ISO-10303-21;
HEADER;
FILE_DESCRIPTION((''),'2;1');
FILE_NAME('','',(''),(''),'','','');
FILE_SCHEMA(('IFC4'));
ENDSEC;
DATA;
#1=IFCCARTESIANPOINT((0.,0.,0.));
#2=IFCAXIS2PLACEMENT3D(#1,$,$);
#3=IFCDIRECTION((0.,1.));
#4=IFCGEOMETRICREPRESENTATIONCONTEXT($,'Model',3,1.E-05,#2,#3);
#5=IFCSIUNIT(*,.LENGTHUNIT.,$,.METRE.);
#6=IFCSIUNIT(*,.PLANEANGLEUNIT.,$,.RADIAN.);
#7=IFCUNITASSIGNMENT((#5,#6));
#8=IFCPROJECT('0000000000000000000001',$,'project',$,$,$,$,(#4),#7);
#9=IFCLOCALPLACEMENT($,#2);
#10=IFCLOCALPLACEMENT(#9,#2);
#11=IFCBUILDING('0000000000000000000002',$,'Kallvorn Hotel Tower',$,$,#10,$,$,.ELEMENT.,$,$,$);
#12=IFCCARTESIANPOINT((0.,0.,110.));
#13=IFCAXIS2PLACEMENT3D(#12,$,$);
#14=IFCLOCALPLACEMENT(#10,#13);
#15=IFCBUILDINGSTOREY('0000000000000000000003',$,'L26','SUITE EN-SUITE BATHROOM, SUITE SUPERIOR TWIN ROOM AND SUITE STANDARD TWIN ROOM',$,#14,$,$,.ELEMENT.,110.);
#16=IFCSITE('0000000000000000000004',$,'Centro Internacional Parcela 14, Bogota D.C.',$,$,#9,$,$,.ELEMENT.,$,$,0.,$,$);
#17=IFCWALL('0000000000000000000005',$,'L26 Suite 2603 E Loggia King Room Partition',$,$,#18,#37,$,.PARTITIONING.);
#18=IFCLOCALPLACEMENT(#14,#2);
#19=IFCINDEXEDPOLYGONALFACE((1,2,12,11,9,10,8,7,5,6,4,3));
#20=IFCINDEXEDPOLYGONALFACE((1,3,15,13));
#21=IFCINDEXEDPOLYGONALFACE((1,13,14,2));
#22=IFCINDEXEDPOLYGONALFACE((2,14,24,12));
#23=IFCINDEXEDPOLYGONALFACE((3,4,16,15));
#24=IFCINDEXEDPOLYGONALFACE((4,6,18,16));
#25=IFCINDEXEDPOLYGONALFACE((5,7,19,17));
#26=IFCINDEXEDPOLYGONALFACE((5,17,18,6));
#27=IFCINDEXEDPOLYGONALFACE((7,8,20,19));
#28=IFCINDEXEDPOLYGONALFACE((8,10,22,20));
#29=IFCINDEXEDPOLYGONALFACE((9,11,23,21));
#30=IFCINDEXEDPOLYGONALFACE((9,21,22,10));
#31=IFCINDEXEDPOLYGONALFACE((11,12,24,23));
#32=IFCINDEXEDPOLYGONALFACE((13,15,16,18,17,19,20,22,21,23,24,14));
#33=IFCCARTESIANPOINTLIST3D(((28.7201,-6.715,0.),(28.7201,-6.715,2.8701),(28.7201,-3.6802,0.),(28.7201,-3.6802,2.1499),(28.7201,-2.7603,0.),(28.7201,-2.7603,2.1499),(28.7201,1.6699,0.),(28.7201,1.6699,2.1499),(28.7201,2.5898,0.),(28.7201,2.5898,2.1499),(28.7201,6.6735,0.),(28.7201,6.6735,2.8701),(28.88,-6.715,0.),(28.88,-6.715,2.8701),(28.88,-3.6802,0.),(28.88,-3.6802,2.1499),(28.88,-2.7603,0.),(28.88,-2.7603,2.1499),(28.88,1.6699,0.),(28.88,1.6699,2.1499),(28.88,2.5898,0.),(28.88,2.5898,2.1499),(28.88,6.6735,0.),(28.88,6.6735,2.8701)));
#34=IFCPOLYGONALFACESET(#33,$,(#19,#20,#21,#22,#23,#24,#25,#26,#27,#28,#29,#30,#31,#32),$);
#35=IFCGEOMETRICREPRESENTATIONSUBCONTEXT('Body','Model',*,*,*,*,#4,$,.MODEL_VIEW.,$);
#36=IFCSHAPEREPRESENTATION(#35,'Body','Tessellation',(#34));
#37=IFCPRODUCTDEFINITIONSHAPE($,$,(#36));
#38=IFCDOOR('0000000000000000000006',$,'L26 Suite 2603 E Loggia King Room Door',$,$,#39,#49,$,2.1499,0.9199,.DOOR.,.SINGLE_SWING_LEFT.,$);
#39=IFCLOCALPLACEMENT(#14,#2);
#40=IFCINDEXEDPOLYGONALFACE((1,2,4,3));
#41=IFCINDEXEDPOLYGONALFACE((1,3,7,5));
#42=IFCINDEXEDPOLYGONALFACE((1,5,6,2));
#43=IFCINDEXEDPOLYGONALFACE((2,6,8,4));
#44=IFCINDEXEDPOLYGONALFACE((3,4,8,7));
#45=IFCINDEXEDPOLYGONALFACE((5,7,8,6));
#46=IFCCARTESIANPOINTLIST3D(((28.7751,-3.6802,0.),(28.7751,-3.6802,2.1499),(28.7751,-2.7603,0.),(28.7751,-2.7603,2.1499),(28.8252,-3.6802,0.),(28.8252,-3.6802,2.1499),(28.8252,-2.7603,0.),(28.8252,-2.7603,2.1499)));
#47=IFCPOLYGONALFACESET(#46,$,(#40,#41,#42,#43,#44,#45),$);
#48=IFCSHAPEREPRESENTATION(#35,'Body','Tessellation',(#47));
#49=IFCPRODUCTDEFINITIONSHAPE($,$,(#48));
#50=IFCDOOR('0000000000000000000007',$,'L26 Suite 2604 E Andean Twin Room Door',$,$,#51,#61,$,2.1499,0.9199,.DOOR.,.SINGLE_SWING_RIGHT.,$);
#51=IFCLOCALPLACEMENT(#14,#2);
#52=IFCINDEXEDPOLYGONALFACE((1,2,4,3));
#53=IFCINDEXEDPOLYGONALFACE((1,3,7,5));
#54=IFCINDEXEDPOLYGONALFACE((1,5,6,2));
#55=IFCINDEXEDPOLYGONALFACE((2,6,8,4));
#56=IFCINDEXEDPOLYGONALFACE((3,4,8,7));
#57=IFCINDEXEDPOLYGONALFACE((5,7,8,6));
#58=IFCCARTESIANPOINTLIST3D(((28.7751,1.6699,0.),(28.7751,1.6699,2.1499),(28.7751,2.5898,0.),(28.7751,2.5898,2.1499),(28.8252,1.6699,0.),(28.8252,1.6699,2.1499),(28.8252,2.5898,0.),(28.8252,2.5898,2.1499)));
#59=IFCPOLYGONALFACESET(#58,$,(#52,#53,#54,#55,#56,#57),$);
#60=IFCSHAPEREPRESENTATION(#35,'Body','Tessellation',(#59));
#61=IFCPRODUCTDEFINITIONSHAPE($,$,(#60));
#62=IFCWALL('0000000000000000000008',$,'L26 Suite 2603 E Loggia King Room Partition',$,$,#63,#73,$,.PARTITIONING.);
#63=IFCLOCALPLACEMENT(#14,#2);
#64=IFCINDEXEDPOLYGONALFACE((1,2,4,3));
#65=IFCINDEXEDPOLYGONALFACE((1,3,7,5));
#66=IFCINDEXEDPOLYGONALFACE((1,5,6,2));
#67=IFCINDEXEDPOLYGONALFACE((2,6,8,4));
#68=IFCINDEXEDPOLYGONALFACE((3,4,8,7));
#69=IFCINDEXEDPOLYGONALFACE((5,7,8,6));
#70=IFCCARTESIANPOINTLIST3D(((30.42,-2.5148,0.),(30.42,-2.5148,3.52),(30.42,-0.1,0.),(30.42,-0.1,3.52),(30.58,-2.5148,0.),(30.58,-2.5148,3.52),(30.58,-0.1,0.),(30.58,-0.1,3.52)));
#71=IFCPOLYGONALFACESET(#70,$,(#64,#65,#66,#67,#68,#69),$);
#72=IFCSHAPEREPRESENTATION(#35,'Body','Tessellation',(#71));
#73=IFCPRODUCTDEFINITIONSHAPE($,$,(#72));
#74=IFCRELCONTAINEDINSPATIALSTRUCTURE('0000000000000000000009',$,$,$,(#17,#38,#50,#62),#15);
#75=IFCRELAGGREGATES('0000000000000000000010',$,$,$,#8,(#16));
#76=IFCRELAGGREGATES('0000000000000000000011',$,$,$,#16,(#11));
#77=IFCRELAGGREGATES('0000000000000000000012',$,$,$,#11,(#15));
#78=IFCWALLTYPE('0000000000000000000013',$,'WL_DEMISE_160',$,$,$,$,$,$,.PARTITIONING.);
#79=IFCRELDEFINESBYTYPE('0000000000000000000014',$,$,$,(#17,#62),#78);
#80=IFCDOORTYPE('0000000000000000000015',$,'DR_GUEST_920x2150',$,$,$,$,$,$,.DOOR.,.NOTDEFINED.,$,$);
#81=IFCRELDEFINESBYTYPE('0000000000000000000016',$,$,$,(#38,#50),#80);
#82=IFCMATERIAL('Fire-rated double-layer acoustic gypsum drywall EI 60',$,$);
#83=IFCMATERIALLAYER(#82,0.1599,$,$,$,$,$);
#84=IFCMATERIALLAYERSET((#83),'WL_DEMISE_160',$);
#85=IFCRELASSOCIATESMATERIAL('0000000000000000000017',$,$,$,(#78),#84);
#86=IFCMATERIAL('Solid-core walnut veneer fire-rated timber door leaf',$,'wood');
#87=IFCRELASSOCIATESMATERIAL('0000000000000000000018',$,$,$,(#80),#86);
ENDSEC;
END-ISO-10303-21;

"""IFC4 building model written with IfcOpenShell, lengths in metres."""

from ifc_helpers import new_model, si_unit, direction, frame, frame_2d, origin, place, context, subcontext, project, spatial, rectangle, extrude, material, layer, layer_set, type_object, element, fill, save


model = new_model("IFC4")

# Units and contexts
model_context = context("Model", 3, precision=1e-05, world=origin(), true_north=direction((0.0, 1.0)))
body_context = subcontext(model_context, "Body", "Model", "MODEL_VIEW")
ifc_project = project(units=[si_unit("LENGTHUNIT", "METRE"), si_unit("PLANEANGLEUNIT", "RADIAN")], contexts=[model_context])

# Site, building, storey
site_placement = place(None, origin())
site = spatial("IfcSite", under=ifc_project, at=site_placement, Name="Centro Internacional Parcela 14, Bogota D.C.", CompositionType="ELEMENT", RefElevation=0.0)
building_placement = place(site_placement, origin())
building = spatial("IfcBuilding", under=site, at=building_placement, Name="Kallvorn Hotel Tower", CompositionType="ELEMENT")
storey_placement = place(building_placement, frame((0.0, 0.0, 110.0)))
storey = spatial("IfcBuildingStorey", under=building, at=storey_placement, Name="L26", Description="SUITE EN-SUITE BATHROOM, SUITE SUPERIOR TWIN ROOM AND SUITE STANDARD TWIN ROOM", CompositionType="ELEMENT", Elevation=110.0)

# Shared definitions
ifc_material_1 = material(Name="Fire-rated double-layer acoustic gypsum drywall EI 60")
ifc_layer_1 = layer(ifc_material_1, 0.1599)
ifc_layer_set_1 = layer_set([ifc_layer_1], Name="WL_DEMISE_160")
wall_type = type_object("IfcWallType", Name="WL_DEMISE_160", PredefinedType="PARTITIONING", material=ifc_layer_set_1)

# Wall, openings, doors
wall_1_placement = place(storey_placement, frame((28.8, -6.7151, 0.0), z_axis=(0.0, 0.0, 1.0), x_axis=(0.0, 1.0, 0.0)))
wall_1 = element("IfcWall", 1, at=wall_1_placement, inside=storey, type_object=wall_type, Name="L26 Suite 2603 E Loggia King Room Partition", PredefinedType="PARTITIONING", context=body_context, shape_type="SweptSolid", body=[
    extrude(rectangle(XDim=13.3884, YDim=0.1599, at=frame_2d((6.6943, 0.0))), origin(), (0.0, 0.0, 1.0), 2.8701),
])
opening_1_placement = place(wall_1_placement, frame((3.0349, 0.0, 0.0)))
opening_1 = element("IfcOpeningElement", 2, at=opening_1_placement, cuts=wall_1, PredefinedType="OPENING", context=body_context, shape_type="SweptSolid", body=[
    extrude(rectangle(XDim=0.9199, YDim=2.1499, at=frame_2d((0.46, 1.075))), frame((0.0, 0.095, 0.0), z_axis=(0.0, -1.0, 0.0), x_axis=(1.0, 0.0, 0.0)), (0.0, 0.0, 1.0), 0.1899),
])
opening_2_placement = place(wall_1_placement, frame((8.385, 0.0, 0.0)))
opening_2 = element("IfcOpeningElement", 3, at=opening_2_placement, cuts=wall_1, PredefinedType="OPENING", context=body_context, shape_type="SweptSolid", body=[
    extrude(rectangle(XDim=0.9199, YDim=2.1499, at=frame_2d((0.46, 1.075))), frame((0.0, 0.095, 0.0), z_axis=(0.0, -1.0, 0.0), x_axis=(1.0, 0.0, 0.0)), (0.0, 0.0, 1.0), 0.1899),
])
ifc_material_2 = material(Name="Solid-core walnut veneer fire-rated timber door leaf", Category="wood")
door_type_1 = type_object("IfcDoorType", Name="DR_GUEST_920x2150", OperationType="NOTDEFINED", PredefinedType="DOOR", material=ifc_material_2)
door_1_placement = place(opening_1_placement, origin())
door_1 = element("IfcDoor", 4, at=door_1_placement, inside=storey, type_object=door_type_1, Name="L26 Suite 2603 E Loggia King Room Door", OperationType="SINGLE_SWING_LEFT", OverallHeight=2.1499, OverallWidth=0.9199, PredefinedType="DOOR", context=body_context, shape_type="SweptSolid", body=[
    extrude(rectangle(XDim=0.9199, YDim=2.1499, at=frame_2d((0.46, 1.075))), frame((0.0, 0.0249, 0.0), z_axis=(0.0, -1.0, 0.0), x_axis=(1.0, 0.0, 0.0)), (0.0, 0.0, 1.0), 0.05),
])
fill(opening_1, door_1)
door_2_placement = place(opening_2_placement, origin())
door_2 = element("IfcDoor", 5, at=door_2_placement, inside=storey, type_object=door_type_1, Name="L26 Suite 2604 E Andean Twin Room Door", OperationType="SINGLE_SWING_RIGHT", OverallHeight=2.1499, OverallWidth=0.9199, PredefinedType="DOOR", context=body_context, shape_type="SweptSolid", body=[
    extrude(rectangle(XDim=0.9199, YDim=2.1499, at=frame_2d((0.46, 1.075))), frame((0.0, 0.0249, 0.0), z_axis=(0.0, -1.0, 0.0), x_axis=(1.0, 0.0, 0.0)), (0.0, 0.0, 1.0), 0.05),
])
fill(opening_2, door_2)

# Wall
wall_2_placement = place(storey_placement, frame((30.5, -2.5149, 0.0), z_axis=(0.0, 0.0, 1.0), x_axis=(0.0, 1.0, 0.0)))
element("IfcWall", 6, at=wall_2_placement, inside=storey, type_object=wall_type, Name="L26 Suite 2603 E Loggia King Room Partition", PredefinedType="PARTITIONING", context=body_context, shape_type="SweptSolid", body=[
    extrude(rectangle(XDim=2.4148, YDim=0.1599, at=frame_2d((1.2075, 0.0))), origin(), (0.0, 0.0, 1.0), 3.52),
])

save(model, "model.ifc")
